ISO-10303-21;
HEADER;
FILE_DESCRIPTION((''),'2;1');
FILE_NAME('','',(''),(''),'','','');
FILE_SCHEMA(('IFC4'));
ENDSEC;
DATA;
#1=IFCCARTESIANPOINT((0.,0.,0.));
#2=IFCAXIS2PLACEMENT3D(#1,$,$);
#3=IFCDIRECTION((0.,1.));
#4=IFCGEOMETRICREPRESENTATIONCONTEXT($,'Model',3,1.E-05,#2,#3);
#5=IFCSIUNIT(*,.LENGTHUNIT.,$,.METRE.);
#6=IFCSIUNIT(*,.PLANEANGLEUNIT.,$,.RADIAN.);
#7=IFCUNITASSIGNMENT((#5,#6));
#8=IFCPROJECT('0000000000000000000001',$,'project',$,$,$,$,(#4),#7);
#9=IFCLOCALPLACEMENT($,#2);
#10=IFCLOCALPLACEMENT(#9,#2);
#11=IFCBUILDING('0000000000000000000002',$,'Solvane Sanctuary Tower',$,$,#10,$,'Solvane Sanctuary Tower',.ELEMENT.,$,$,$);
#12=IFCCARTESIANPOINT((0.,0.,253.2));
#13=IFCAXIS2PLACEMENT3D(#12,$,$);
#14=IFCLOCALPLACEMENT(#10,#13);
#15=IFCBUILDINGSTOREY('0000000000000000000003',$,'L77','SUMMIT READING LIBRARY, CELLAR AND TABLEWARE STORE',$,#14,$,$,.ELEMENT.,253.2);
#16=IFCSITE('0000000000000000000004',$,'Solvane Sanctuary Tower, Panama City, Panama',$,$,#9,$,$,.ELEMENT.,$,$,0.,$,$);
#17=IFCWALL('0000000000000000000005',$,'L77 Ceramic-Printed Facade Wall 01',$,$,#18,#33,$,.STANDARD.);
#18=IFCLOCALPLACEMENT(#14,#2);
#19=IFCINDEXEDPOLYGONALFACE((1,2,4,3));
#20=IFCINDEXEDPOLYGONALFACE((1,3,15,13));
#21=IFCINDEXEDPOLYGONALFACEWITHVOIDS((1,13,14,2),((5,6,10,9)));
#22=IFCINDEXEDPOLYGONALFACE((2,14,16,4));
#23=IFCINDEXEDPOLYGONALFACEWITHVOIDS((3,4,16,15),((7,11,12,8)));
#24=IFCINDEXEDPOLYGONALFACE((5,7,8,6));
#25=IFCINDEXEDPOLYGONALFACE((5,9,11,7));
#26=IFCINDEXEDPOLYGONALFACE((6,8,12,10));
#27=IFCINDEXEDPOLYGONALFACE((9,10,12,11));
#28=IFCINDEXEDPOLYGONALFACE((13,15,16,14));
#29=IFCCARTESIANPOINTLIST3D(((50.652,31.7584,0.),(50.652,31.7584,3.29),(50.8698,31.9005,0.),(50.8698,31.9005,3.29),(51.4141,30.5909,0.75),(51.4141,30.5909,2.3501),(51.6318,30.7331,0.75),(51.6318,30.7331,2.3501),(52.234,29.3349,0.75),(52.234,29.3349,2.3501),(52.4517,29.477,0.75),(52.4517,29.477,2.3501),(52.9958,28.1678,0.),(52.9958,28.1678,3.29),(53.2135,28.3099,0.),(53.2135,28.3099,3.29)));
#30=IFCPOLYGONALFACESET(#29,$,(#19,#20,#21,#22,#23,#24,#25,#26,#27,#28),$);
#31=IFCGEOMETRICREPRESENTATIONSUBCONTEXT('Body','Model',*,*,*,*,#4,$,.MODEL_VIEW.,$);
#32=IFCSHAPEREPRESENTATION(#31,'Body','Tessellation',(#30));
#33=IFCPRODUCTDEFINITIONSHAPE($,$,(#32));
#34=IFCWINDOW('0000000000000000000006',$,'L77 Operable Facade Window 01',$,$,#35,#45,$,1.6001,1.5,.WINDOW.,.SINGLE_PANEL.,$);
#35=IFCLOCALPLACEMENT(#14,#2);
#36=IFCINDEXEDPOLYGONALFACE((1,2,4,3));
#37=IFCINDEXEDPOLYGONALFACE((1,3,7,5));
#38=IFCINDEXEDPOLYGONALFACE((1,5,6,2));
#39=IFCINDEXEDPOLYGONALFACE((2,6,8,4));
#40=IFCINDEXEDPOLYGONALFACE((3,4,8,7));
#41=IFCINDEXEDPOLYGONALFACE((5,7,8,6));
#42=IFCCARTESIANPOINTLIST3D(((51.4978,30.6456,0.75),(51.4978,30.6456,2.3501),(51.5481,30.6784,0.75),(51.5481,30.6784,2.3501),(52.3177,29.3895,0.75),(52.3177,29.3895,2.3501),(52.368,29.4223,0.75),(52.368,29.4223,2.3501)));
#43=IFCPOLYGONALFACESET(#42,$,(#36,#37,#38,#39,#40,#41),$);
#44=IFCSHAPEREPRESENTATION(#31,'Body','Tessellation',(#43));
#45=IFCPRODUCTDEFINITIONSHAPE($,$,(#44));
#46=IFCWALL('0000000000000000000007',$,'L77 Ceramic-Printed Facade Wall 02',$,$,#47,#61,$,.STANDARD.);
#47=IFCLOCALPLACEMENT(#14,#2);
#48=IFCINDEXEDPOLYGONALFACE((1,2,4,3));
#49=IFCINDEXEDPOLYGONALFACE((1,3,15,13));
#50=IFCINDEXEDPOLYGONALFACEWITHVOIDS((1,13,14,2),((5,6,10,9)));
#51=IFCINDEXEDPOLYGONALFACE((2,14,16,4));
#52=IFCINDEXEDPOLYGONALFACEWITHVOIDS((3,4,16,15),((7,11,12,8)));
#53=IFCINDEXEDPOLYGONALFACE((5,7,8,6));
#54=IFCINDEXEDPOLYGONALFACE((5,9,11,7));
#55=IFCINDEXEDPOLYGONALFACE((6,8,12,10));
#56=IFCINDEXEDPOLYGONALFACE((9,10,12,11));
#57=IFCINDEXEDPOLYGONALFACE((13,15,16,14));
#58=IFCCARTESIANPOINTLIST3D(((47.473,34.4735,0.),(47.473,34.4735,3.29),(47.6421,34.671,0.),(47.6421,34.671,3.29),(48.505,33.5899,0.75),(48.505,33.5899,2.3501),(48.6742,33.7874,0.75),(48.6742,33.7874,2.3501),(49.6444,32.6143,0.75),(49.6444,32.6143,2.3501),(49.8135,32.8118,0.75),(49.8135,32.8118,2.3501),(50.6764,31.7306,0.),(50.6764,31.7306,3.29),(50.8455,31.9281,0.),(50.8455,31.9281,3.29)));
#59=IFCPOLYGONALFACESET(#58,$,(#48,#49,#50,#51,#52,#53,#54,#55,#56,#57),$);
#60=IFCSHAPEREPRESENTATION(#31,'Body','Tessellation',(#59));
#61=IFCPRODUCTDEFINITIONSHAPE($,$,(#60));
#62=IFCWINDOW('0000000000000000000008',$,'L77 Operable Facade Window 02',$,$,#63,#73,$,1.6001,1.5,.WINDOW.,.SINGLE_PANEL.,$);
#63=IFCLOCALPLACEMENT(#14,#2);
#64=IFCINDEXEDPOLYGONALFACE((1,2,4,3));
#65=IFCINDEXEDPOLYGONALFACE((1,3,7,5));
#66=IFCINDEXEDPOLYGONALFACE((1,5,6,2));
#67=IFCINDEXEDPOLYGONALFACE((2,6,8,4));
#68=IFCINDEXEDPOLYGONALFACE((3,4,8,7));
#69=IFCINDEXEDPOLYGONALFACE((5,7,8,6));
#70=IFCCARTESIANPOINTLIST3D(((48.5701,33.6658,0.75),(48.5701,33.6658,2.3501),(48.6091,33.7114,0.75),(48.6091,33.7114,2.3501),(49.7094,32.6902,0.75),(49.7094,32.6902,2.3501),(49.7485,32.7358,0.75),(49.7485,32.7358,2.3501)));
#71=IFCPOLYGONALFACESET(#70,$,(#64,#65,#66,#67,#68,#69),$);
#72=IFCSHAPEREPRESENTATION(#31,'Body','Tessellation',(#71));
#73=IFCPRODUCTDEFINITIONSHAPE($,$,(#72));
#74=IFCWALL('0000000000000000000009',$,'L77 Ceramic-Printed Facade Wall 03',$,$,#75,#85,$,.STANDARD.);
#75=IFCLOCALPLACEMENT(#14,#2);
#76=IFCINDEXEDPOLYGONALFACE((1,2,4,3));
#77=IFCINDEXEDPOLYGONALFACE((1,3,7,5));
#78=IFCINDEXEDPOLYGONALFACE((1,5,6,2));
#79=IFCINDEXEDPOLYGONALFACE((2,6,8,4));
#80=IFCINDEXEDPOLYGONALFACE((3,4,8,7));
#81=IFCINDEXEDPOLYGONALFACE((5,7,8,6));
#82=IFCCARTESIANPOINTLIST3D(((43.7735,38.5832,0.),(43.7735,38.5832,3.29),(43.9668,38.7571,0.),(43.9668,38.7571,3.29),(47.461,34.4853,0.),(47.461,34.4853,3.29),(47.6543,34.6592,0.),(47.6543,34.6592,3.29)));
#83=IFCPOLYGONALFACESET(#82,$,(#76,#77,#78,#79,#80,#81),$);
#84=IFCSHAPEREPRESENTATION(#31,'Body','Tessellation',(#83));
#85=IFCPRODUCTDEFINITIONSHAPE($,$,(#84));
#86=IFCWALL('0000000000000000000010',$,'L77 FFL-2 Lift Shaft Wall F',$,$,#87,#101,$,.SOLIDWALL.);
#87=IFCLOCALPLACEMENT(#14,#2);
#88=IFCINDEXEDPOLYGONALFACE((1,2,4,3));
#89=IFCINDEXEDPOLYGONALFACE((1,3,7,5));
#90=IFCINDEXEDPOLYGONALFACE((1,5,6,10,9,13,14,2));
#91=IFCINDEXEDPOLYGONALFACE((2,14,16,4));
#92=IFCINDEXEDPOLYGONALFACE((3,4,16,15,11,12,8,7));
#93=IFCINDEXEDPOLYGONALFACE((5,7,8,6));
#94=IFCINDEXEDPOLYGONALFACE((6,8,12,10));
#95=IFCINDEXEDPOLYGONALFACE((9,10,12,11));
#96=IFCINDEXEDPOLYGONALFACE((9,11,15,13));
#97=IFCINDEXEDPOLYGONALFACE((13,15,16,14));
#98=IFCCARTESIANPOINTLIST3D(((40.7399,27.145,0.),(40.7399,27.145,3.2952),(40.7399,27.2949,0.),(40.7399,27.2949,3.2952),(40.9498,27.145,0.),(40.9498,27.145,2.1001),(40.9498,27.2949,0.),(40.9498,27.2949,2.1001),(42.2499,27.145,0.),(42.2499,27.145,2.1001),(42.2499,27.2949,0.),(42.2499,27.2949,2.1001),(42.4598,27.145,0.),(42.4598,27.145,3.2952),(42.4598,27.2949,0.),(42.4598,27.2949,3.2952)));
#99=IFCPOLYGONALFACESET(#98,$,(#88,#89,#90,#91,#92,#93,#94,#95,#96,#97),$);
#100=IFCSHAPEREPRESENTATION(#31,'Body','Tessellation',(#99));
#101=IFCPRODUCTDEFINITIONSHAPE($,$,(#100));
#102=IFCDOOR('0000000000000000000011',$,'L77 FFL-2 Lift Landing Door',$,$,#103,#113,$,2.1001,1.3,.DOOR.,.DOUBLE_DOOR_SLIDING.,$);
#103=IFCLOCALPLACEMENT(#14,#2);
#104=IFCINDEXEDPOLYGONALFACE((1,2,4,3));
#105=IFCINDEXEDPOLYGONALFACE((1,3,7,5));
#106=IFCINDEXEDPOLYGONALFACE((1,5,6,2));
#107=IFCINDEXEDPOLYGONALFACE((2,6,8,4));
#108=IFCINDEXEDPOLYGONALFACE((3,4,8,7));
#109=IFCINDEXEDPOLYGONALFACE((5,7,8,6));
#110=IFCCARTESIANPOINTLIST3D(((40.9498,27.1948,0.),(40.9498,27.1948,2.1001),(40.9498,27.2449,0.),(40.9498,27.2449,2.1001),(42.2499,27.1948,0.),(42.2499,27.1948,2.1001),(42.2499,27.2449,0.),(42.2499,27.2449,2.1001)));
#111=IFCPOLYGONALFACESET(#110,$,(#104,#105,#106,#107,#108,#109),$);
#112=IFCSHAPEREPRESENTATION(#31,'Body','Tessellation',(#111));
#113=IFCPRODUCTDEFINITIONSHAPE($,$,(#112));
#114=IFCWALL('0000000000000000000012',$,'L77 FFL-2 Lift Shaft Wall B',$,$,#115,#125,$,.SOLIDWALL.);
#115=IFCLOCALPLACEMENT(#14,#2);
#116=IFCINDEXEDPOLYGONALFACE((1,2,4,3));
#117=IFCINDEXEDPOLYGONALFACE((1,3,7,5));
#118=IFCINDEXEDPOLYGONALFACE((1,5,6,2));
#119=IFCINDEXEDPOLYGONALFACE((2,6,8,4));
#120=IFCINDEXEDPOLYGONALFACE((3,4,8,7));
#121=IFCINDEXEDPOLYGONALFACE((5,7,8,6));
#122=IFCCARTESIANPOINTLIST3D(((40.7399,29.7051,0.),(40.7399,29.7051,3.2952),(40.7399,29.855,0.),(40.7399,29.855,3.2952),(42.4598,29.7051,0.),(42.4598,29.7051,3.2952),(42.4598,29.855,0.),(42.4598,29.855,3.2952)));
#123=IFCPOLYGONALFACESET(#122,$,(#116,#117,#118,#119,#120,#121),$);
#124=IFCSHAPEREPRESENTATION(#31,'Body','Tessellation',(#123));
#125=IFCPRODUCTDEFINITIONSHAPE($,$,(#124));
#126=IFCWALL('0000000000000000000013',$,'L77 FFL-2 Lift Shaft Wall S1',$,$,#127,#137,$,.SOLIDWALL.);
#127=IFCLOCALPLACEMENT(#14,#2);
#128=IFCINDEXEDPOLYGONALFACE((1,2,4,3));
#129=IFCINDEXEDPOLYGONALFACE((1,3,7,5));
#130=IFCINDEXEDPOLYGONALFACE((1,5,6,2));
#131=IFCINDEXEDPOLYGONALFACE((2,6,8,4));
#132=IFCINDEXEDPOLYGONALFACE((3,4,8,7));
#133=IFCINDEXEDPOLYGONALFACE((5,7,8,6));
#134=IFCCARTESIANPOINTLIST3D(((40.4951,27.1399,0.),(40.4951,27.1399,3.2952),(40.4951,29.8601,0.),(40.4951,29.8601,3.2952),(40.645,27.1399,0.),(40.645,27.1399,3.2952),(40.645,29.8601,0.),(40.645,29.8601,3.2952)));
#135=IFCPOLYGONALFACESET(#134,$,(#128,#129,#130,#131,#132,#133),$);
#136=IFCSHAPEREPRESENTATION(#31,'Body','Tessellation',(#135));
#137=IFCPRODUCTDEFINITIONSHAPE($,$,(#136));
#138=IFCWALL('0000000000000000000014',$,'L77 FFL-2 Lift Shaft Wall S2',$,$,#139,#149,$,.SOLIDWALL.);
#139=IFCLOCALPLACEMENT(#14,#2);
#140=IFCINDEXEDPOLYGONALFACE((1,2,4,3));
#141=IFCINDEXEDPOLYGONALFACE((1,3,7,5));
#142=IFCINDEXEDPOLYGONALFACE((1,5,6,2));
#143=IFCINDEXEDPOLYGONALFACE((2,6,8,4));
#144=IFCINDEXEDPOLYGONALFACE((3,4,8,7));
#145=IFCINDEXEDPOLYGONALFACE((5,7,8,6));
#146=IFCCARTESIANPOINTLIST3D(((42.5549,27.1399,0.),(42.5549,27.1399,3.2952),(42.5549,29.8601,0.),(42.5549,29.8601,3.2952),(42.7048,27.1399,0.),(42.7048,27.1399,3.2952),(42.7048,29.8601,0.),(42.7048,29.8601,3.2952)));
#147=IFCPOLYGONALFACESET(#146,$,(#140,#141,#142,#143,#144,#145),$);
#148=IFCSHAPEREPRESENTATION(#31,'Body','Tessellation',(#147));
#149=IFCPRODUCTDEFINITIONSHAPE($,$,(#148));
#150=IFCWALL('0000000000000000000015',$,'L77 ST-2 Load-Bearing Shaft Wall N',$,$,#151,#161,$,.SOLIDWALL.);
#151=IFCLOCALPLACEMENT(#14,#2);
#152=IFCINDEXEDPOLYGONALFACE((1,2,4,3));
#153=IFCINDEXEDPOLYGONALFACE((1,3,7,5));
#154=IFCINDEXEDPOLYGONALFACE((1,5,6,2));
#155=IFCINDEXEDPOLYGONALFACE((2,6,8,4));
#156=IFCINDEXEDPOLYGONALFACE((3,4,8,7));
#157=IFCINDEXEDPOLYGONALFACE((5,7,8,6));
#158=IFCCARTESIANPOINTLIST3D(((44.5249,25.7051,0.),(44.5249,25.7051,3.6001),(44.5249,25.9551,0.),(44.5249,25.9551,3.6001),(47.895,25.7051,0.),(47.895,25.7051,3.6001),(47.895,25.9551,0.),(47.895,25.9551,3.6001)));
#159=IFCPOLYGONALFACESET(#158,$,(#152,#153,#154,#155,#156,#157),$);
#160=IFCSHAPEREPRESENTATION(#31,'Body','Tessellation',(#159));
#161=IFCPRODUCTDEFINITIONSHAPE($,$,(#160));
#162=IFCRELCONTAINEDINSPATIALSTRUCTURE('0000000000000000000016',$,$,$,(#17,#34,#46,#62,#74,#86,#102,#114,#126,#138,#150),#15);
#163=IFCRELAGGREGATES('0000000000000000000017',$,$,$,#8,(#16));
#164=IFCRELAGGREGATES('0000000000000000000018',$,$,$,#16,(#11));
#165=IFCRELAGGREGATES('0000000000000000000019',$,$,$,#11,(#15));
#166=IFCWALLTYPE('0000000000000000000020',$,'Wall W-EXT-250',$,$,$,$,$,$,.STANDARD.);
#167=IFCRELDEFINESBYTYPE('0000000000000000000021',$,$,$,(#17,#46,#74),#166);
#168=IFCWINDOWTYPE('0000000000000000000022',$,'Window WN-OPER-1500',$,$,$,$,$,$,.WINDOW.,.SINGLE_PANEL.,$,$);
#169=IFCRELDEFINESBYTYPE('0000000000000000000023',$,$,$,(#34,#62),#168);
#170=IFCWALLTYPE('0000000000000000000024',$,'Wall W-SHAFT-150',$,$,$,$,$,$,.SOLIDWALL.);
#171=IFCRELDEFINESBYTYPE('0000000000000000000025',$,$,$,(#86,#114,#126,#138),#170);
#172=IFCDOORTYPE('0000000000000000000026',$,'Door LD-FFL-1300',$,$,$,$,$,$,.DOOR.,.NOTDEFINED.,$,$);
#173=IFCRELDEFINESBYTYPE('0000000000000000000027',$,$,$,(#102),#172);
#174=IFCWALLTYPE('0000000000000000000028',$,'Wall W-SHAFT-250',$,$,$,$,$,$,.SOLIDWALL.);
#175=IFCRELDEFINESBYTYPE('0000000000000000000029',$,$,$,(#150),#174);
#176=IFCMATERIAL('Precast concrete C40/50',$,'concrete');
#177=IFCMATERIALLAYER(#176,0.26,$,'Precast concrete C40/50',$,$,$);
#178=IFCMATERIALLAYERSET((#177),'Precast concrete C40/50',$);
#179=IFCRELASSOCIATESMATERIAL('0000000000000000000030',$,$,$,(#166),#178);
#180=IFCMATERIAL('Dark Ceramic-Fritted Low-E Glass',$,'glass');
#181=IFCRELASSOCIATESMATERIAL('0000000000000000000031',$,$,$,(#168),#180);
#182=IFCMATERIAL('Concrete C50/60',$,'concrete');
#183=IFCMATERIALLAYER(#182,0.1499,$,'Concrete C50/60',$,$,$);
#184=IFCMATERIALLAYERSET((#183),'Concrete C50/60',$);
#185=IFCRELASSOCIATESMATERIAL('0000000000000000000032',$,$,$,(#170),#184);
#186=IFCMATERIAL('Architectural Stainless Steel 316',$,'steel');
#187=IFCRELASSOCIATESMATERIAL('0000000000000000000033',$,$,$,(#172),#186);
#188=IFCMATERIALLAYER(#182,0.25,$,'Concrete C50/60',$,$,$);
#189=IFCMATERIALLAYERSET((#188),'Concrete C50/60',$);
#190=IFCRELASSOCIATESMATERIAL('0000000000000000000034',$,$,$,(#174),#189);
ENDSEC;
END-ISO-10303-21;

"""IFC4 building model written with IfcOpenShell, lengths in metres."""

from ifc_helpers import new_model, si_unit, direction, frame, frame_2d, origin, place, context, subcontext, project, spatial, rectangle, extrude, material, layer, layer_set, type_object, element, fill, save


model = new_model("IFC4")

# Units and contexts
model_context = context("Model", 3, precision=1e-05, world=origin(), true_north=direction((0.0, 1.0)))
body_context = subcontext(model_context, "Body", "Model", "MODEL_VIEW")
ifc_project = project(units=[si_unit("LENGTHUNIT", "METRE"), si_unit("PLANEANGLEUNIT", "RADIAN")], contexts=[model_context])

# Site, building, storey
site_placement = place(None, origin())
site = spatial("IfcSite", under=ifc_project, at=site_placement, Name="Solvane Sanctuary Tower, Panama City, Panama", CompositionType="ELEMENT", RefElevation=0.0)
building_placement = place(site_placement, origin())
building = spatial("IfcBuilding", under=site, at=building_placement, Name="Solvane Sanctuary Tower", LongName="Solvane Sanctuary Tower", CompositionType="ELEMENT")
storey_placement = place(building_placement, frame((0.0, 0.0, 253.2)))
storey = spatial("IfcBuildingStorey", under=building, at=storey_placement, Name="L77", Description="SUMMIT READING LIBRARY, CELLAR AND TABLEWARE STORE", CompositionType="ELEMENT", Elevation=253.2)

# Shared definitions
ifc_material_1 = material(Name="Concrete C50/60", Category="concrete")

# Walls, openings, windows
ifc_material_2 = material(Name="Precast concrete C40/50", Category="concrete")
ifc_layer_1 = layer(ifc_material_2, 0.26, Name="Precast concrete C40/50")
ifc_layer_set_1 = layer_set([ifc_layer_1], Name="Precast concrete C40/50")
wall_type_1 = type_object("IfcWallType", Name="Wall W-EXT-250", PredefinedType="STANDARD", material=ifc_layer_set_1)
wall_1_placement = place(storey_placement, frame((53.1047, 28.2388, 0.0), z_axis=(0.0, 0.0, 1.0), x_axis=(-0.546606, 0.83739, 0.0)))
wall_1 = element("IfcWall", 1, at=wall_1_placement, inside=storey, type_object=wall_type_1, Name="L77 Ceramic-Printed Facade Wall 01", PredefinedType="STANDARD", context=body_context, shape_type="SweptSolid", body=[
    extrude(rectangle(XDim=4.2878, YDim=0.26, at=frame_2d((2.144, 0.0))), origin(), (0.0, 0.0, 1.0), 3.29),
])
opening_1_placement = place(wall_1_placement, frame((1.3938, 0.0, 0.75)))
opening_1 = element("IfcOpeningElement", 2, at=opening_1_placement, cuts=wall_1, PredefinedType="OPENING", context=body_context, shape_type="SweptSolid", body=[
    extrude(rectangle(XDim=1.5, YDim=1.6001, at=frame_2d((0.75, 0.8))), frame((0.0, 0.1399, 0.0), z_axis=(0.0, -1.0, 0.0), x_axis=(1.0, 0.0, 0.0)), (0.0, 0.0, 1.0), 0.28),
])
ifc_material_3 = material(Name="Dark Ceramic-Fritted Low-E Glass", Category="glass")
window_type = type_object("IfcWindowType", Name="Window WN-OPER-1500", PartitioningType="SINGLE_PANEL", PredefinedType="WINDOW", material=ifc_material_3)
window_1_placement = place(opening_1_placement, origin())
window_1 = element("IfcWindow", 3, at=window_1_placement, inside=storey, type_object=window_type, Name="L77 Operable Facade Window 01", OverallHeight=1.6001, OverallWidth=1.5, PartitioningType="SINGLE_PANEL", PredefinedType="WINDOW", context=body_context, shape_type="SweptSolid", body=[
    extrude(rectangle(XDim=1.5, YDim=1.6001, at=frame_2d((0.75, 0.8))), frame((0.0, 0.03, 0.0), z_axis=(0.0, -1.0, 0.0), x_axis=(1.0, 0.0, 0.0)), (0.0, 0.0, 1.0), 0.0601),
])
fill(opening_1, window_1)
wall_2_placement = place(storey_placement, frame((50.761, 31.8293, 0.0), z_axis=(0.0, 0.0, 1.0), x_axis=(-0.759588, 0.650405, 0.0)))
wall_2 = element("IfcWall", 4, at=wall_2_placement, inside=storey, type_object=wall_type_1, Name="L77 Ceramic-Printed Facade Wall 02", PredefinedType="STANDARD", context=body_context, shape_type="SweptSolid", body=[
    extrude(rectangle(XDim=4.2173, YDim=0.26, at=frame_2d((2.1086, 0.0))), origin(), (0.0, 0.0, 1.0), 3.29),
])
opening_2_placement = place(wall_2_placement, frame((1.3586, 0.0, 0.75)))
opening_2 = element("IfcOpeningElement", 5, at=opening_2_placement, cuts=wall_2, PredefinedType="OPENING", context=body_context, shape_type="SweptSolid", body=[
    extrude(rectangle(XDim=1.5, YDim=1.6001, at=frame_2d((0.75, 0.8))), frame((0.0, 0.1399, 0.0), z_axis=(0.0, -1.0, 0.0), x_axis=(1.0, 0.0, 0.0)), (0.0, 0.0, 1.0), 0.28),
])
window_2_placement = place(opening_2_placement, origin())
window_2 = element("IfcWindow", 6, at=window_2_placement, inside=storey, type_object=window_type, Name="L77 Operable Facade Window 02", OverallHeight=1.6001, OverallWidth=1.5, PartitioningType="SINGLE_PANEL", PredefinedType="WINDOW", context=body_context, shape_type="SweptSolid", body=[
    extrude(rectangle(XDim=1.5, YDim=1.6001, at=frame_2d((0.75, 0.8))), frame((0.0, 0.03, 0.0), z_axis=(0.0, -1.0, 0.0), x_axis=(1.0, 0.0, 0.0)), (0.0, 0.0, 1.0), 0.0601),
])
fill(opening_2, window_2)

# Wall
wall_3_placement = place(storey_placement, frame((47.5576, 34.5723, 0.0), z_axis=(0.0, 0.0, 1.0), x_axis=(-0.668904, 0.743349, 0.0)))
element("IfcWall", 7, at=wall_3_placement, inside=storey, type_object=wall_type_1, Name="L77 Ceramic-Printed Facade Wall 03", PredefinedType="STANDARD", context=body_context, shape_type="SweptSolid", body=[
    extrude(rectangle(XDim=5.5127, YDim=0.26, at=frame_2d((2.7563, 0.0))), origin(), (0.0, 0.0, 1.0), 3.29),
])

# Wall, opening, door
ifc_layer_2 = layer(ifc_material_1, 0.1499, Name="Concrete C50/60")
ifc_layer_set_2 = layer_set([ifc_layer_2], Name="Concrete C50/60")
wall_type_2 = type_object("IfcWallType", Name="Wall W-SHAFT-150", PredefinedType="SOLIDWALL", material=ifc_layer_set_2)
wall_4_placement = place(storey_placement, frame((40.74, 27.22, 0.0), z_axis=(0.0, 0.0, 1.0), x_axis=(1.0, 0.0, 0.0)))
wall_4 = element("IfcWall", 8, at=wall_4_placement, inside=storey, type_object=wall_type_2, Name="L77 FFL-2 Lift Shaft Wall F", PredefinedType="SOLIDWALL", context=body_context, shape_type="SweptSolid", body=[
    extrude(rectangle(XDim=1.72, YDim=0.1499, at=frame_2d((0.8599, 0.0))), origin(), (0.0, 0.0, 1.0), 3.2952),
])
opening_3_placement = place(wall_4_placement, frame((0.21, 0.0, 0.0)))
opening_3 = element("IfcOpeningElement", 9, at=opening_3_placement, cuts=wall_4, PredefinedType="OPENING", context=body_context, shape_type="SweptSolid", body=[
    extrude(rectangle(XDim=1.3, YDim=2.1001, at=frame_2d((0.6499, 1.05))), frame((0.0, 0.085, 0.0), z_axis=(0.0, -1.0, 0.0), x_axis=(1.0, 0.0, 0.0)), (0.0, 0.0, 1.0), 0.1699),
])
ifc_material_4 = material(Name="Architectural Stainless Steel 316", Category="steel")
door_type_1 = type_object("IfcDoorType", Name="Door LD-FFL-1300", OperationType="NOTDEFINED", PredefinedType="DOOR", material=ifc_material_4)
door_1_placement = place(opening_3_placement, origin())
door_1 = element("IfcDoor", 10, at=door_1_placement, inside=storey, type_object=door_type_1, Name="L77 FFL-2 Lift Landing Door", OperationType="DOUBLE_DOOR_SLIDING", OverallHeight=2.1001, OverallWidth=1.3, PredefinedType="DOOR", context=body_context, shape_type="SweptSolid", body=[
    extrude(rectangle(XDim=1.3, YDim=2.1001, at=frame_2d((0.6499, 1.05))), frame((0.0, 0.0249, 0.0), z_axis=(0.0, -1.0, 0.0), x_axis=(1.0, 0.0, 0.0)), (0.0, 0.0, 1.0), 0.05),
])
fill(opening_3, door_1)

# Walls
wall_5_placement = place(storey_placement, frame((40.74, 29.78, 0.0), z_axis=(0.0, 0.0, 1.0), x_axis=(1.0, 0.0, 0.0)))
element("IfcWall", 11, at=wall_5_placement, inside=storey, type_object=wall_type_2, Name="L77 FFL-2 Lift Shaft Wall B", PredefinedType="SOLIDWALL", context=body_context, shape_type="SweptSolid", body=[
    extrude(rectangle(XDim=1.72, YDim=0.1499, at=frame_2d((0.8599, 0.0))), origin(), (0.0, 0.0, 1.0), 3.2952),
])
for number, where, z_axis, x_axis, name in (
    (12, (40.5701, 27.1399, 0.0), (0.0, 0.0, 1.0), (0.0, 1.0, 0.0), "L77 FFL-2 Lift Shaft Wall S1"),
    (13, (42.6299, 27.1399, 0.0), (0.0, 0.0, 1.0), (0.0, 1.0, 0.0), "L77 FFL-2 Lift Shaft Wall S2"),
):
    element("IfcWall", number, at=place(storey_placement, frame(where, z_axis=z_axis, x_axis=x_axis)), inside=storey, type_object=wall_type_2, Name=name, PredefinedType="SOLIDWALL", context=body_context, shape_type="SweptSolid", body=[
        extrude(rectangle(XDim=2.7202, YDim=0.1499, at=frame_2d((1.3601, 0.0))), origin(), (0.0, 0.0, 1.0), 3.2952),
    ])
ifc_layer_3 = layer(ifc_material_1, 0.25, Name="Concrete C50/60")
ifc_layer_set_3 = layer_set([ifc_layer_3], Name="Concrete C50/60")
wall_type_3 = type_object("IfcWallType", Name="Wall W-SHAFT-250", PredefinedType="SOLIDWALL", material=ifc_layer_set_3)
wall_6_placement = place(storey_placement, frame((44.5249, 25.8301, 0.0), z_axis=(0.0, 0.0, 1.0), x_axis=(1.0, 0.0, 0.0)))
element("IfcWall", 14, at=wall_6_placement, inside=storey, type_object=wall_type_3, Name="L77 ST-2 Load-Bearing Shaft Wall N", PredefinedType="SOLIDWALL", context=body_context, shape_type="SweptSolid", body=[
    extrude(rectangle(XDim=3.3701, YDim=0.25, at=frame_2d((1.6851, 0.0))), origin(), (0.0, 0.0, 1.0), 3.6001),
])

save(model, "model.ifc")
